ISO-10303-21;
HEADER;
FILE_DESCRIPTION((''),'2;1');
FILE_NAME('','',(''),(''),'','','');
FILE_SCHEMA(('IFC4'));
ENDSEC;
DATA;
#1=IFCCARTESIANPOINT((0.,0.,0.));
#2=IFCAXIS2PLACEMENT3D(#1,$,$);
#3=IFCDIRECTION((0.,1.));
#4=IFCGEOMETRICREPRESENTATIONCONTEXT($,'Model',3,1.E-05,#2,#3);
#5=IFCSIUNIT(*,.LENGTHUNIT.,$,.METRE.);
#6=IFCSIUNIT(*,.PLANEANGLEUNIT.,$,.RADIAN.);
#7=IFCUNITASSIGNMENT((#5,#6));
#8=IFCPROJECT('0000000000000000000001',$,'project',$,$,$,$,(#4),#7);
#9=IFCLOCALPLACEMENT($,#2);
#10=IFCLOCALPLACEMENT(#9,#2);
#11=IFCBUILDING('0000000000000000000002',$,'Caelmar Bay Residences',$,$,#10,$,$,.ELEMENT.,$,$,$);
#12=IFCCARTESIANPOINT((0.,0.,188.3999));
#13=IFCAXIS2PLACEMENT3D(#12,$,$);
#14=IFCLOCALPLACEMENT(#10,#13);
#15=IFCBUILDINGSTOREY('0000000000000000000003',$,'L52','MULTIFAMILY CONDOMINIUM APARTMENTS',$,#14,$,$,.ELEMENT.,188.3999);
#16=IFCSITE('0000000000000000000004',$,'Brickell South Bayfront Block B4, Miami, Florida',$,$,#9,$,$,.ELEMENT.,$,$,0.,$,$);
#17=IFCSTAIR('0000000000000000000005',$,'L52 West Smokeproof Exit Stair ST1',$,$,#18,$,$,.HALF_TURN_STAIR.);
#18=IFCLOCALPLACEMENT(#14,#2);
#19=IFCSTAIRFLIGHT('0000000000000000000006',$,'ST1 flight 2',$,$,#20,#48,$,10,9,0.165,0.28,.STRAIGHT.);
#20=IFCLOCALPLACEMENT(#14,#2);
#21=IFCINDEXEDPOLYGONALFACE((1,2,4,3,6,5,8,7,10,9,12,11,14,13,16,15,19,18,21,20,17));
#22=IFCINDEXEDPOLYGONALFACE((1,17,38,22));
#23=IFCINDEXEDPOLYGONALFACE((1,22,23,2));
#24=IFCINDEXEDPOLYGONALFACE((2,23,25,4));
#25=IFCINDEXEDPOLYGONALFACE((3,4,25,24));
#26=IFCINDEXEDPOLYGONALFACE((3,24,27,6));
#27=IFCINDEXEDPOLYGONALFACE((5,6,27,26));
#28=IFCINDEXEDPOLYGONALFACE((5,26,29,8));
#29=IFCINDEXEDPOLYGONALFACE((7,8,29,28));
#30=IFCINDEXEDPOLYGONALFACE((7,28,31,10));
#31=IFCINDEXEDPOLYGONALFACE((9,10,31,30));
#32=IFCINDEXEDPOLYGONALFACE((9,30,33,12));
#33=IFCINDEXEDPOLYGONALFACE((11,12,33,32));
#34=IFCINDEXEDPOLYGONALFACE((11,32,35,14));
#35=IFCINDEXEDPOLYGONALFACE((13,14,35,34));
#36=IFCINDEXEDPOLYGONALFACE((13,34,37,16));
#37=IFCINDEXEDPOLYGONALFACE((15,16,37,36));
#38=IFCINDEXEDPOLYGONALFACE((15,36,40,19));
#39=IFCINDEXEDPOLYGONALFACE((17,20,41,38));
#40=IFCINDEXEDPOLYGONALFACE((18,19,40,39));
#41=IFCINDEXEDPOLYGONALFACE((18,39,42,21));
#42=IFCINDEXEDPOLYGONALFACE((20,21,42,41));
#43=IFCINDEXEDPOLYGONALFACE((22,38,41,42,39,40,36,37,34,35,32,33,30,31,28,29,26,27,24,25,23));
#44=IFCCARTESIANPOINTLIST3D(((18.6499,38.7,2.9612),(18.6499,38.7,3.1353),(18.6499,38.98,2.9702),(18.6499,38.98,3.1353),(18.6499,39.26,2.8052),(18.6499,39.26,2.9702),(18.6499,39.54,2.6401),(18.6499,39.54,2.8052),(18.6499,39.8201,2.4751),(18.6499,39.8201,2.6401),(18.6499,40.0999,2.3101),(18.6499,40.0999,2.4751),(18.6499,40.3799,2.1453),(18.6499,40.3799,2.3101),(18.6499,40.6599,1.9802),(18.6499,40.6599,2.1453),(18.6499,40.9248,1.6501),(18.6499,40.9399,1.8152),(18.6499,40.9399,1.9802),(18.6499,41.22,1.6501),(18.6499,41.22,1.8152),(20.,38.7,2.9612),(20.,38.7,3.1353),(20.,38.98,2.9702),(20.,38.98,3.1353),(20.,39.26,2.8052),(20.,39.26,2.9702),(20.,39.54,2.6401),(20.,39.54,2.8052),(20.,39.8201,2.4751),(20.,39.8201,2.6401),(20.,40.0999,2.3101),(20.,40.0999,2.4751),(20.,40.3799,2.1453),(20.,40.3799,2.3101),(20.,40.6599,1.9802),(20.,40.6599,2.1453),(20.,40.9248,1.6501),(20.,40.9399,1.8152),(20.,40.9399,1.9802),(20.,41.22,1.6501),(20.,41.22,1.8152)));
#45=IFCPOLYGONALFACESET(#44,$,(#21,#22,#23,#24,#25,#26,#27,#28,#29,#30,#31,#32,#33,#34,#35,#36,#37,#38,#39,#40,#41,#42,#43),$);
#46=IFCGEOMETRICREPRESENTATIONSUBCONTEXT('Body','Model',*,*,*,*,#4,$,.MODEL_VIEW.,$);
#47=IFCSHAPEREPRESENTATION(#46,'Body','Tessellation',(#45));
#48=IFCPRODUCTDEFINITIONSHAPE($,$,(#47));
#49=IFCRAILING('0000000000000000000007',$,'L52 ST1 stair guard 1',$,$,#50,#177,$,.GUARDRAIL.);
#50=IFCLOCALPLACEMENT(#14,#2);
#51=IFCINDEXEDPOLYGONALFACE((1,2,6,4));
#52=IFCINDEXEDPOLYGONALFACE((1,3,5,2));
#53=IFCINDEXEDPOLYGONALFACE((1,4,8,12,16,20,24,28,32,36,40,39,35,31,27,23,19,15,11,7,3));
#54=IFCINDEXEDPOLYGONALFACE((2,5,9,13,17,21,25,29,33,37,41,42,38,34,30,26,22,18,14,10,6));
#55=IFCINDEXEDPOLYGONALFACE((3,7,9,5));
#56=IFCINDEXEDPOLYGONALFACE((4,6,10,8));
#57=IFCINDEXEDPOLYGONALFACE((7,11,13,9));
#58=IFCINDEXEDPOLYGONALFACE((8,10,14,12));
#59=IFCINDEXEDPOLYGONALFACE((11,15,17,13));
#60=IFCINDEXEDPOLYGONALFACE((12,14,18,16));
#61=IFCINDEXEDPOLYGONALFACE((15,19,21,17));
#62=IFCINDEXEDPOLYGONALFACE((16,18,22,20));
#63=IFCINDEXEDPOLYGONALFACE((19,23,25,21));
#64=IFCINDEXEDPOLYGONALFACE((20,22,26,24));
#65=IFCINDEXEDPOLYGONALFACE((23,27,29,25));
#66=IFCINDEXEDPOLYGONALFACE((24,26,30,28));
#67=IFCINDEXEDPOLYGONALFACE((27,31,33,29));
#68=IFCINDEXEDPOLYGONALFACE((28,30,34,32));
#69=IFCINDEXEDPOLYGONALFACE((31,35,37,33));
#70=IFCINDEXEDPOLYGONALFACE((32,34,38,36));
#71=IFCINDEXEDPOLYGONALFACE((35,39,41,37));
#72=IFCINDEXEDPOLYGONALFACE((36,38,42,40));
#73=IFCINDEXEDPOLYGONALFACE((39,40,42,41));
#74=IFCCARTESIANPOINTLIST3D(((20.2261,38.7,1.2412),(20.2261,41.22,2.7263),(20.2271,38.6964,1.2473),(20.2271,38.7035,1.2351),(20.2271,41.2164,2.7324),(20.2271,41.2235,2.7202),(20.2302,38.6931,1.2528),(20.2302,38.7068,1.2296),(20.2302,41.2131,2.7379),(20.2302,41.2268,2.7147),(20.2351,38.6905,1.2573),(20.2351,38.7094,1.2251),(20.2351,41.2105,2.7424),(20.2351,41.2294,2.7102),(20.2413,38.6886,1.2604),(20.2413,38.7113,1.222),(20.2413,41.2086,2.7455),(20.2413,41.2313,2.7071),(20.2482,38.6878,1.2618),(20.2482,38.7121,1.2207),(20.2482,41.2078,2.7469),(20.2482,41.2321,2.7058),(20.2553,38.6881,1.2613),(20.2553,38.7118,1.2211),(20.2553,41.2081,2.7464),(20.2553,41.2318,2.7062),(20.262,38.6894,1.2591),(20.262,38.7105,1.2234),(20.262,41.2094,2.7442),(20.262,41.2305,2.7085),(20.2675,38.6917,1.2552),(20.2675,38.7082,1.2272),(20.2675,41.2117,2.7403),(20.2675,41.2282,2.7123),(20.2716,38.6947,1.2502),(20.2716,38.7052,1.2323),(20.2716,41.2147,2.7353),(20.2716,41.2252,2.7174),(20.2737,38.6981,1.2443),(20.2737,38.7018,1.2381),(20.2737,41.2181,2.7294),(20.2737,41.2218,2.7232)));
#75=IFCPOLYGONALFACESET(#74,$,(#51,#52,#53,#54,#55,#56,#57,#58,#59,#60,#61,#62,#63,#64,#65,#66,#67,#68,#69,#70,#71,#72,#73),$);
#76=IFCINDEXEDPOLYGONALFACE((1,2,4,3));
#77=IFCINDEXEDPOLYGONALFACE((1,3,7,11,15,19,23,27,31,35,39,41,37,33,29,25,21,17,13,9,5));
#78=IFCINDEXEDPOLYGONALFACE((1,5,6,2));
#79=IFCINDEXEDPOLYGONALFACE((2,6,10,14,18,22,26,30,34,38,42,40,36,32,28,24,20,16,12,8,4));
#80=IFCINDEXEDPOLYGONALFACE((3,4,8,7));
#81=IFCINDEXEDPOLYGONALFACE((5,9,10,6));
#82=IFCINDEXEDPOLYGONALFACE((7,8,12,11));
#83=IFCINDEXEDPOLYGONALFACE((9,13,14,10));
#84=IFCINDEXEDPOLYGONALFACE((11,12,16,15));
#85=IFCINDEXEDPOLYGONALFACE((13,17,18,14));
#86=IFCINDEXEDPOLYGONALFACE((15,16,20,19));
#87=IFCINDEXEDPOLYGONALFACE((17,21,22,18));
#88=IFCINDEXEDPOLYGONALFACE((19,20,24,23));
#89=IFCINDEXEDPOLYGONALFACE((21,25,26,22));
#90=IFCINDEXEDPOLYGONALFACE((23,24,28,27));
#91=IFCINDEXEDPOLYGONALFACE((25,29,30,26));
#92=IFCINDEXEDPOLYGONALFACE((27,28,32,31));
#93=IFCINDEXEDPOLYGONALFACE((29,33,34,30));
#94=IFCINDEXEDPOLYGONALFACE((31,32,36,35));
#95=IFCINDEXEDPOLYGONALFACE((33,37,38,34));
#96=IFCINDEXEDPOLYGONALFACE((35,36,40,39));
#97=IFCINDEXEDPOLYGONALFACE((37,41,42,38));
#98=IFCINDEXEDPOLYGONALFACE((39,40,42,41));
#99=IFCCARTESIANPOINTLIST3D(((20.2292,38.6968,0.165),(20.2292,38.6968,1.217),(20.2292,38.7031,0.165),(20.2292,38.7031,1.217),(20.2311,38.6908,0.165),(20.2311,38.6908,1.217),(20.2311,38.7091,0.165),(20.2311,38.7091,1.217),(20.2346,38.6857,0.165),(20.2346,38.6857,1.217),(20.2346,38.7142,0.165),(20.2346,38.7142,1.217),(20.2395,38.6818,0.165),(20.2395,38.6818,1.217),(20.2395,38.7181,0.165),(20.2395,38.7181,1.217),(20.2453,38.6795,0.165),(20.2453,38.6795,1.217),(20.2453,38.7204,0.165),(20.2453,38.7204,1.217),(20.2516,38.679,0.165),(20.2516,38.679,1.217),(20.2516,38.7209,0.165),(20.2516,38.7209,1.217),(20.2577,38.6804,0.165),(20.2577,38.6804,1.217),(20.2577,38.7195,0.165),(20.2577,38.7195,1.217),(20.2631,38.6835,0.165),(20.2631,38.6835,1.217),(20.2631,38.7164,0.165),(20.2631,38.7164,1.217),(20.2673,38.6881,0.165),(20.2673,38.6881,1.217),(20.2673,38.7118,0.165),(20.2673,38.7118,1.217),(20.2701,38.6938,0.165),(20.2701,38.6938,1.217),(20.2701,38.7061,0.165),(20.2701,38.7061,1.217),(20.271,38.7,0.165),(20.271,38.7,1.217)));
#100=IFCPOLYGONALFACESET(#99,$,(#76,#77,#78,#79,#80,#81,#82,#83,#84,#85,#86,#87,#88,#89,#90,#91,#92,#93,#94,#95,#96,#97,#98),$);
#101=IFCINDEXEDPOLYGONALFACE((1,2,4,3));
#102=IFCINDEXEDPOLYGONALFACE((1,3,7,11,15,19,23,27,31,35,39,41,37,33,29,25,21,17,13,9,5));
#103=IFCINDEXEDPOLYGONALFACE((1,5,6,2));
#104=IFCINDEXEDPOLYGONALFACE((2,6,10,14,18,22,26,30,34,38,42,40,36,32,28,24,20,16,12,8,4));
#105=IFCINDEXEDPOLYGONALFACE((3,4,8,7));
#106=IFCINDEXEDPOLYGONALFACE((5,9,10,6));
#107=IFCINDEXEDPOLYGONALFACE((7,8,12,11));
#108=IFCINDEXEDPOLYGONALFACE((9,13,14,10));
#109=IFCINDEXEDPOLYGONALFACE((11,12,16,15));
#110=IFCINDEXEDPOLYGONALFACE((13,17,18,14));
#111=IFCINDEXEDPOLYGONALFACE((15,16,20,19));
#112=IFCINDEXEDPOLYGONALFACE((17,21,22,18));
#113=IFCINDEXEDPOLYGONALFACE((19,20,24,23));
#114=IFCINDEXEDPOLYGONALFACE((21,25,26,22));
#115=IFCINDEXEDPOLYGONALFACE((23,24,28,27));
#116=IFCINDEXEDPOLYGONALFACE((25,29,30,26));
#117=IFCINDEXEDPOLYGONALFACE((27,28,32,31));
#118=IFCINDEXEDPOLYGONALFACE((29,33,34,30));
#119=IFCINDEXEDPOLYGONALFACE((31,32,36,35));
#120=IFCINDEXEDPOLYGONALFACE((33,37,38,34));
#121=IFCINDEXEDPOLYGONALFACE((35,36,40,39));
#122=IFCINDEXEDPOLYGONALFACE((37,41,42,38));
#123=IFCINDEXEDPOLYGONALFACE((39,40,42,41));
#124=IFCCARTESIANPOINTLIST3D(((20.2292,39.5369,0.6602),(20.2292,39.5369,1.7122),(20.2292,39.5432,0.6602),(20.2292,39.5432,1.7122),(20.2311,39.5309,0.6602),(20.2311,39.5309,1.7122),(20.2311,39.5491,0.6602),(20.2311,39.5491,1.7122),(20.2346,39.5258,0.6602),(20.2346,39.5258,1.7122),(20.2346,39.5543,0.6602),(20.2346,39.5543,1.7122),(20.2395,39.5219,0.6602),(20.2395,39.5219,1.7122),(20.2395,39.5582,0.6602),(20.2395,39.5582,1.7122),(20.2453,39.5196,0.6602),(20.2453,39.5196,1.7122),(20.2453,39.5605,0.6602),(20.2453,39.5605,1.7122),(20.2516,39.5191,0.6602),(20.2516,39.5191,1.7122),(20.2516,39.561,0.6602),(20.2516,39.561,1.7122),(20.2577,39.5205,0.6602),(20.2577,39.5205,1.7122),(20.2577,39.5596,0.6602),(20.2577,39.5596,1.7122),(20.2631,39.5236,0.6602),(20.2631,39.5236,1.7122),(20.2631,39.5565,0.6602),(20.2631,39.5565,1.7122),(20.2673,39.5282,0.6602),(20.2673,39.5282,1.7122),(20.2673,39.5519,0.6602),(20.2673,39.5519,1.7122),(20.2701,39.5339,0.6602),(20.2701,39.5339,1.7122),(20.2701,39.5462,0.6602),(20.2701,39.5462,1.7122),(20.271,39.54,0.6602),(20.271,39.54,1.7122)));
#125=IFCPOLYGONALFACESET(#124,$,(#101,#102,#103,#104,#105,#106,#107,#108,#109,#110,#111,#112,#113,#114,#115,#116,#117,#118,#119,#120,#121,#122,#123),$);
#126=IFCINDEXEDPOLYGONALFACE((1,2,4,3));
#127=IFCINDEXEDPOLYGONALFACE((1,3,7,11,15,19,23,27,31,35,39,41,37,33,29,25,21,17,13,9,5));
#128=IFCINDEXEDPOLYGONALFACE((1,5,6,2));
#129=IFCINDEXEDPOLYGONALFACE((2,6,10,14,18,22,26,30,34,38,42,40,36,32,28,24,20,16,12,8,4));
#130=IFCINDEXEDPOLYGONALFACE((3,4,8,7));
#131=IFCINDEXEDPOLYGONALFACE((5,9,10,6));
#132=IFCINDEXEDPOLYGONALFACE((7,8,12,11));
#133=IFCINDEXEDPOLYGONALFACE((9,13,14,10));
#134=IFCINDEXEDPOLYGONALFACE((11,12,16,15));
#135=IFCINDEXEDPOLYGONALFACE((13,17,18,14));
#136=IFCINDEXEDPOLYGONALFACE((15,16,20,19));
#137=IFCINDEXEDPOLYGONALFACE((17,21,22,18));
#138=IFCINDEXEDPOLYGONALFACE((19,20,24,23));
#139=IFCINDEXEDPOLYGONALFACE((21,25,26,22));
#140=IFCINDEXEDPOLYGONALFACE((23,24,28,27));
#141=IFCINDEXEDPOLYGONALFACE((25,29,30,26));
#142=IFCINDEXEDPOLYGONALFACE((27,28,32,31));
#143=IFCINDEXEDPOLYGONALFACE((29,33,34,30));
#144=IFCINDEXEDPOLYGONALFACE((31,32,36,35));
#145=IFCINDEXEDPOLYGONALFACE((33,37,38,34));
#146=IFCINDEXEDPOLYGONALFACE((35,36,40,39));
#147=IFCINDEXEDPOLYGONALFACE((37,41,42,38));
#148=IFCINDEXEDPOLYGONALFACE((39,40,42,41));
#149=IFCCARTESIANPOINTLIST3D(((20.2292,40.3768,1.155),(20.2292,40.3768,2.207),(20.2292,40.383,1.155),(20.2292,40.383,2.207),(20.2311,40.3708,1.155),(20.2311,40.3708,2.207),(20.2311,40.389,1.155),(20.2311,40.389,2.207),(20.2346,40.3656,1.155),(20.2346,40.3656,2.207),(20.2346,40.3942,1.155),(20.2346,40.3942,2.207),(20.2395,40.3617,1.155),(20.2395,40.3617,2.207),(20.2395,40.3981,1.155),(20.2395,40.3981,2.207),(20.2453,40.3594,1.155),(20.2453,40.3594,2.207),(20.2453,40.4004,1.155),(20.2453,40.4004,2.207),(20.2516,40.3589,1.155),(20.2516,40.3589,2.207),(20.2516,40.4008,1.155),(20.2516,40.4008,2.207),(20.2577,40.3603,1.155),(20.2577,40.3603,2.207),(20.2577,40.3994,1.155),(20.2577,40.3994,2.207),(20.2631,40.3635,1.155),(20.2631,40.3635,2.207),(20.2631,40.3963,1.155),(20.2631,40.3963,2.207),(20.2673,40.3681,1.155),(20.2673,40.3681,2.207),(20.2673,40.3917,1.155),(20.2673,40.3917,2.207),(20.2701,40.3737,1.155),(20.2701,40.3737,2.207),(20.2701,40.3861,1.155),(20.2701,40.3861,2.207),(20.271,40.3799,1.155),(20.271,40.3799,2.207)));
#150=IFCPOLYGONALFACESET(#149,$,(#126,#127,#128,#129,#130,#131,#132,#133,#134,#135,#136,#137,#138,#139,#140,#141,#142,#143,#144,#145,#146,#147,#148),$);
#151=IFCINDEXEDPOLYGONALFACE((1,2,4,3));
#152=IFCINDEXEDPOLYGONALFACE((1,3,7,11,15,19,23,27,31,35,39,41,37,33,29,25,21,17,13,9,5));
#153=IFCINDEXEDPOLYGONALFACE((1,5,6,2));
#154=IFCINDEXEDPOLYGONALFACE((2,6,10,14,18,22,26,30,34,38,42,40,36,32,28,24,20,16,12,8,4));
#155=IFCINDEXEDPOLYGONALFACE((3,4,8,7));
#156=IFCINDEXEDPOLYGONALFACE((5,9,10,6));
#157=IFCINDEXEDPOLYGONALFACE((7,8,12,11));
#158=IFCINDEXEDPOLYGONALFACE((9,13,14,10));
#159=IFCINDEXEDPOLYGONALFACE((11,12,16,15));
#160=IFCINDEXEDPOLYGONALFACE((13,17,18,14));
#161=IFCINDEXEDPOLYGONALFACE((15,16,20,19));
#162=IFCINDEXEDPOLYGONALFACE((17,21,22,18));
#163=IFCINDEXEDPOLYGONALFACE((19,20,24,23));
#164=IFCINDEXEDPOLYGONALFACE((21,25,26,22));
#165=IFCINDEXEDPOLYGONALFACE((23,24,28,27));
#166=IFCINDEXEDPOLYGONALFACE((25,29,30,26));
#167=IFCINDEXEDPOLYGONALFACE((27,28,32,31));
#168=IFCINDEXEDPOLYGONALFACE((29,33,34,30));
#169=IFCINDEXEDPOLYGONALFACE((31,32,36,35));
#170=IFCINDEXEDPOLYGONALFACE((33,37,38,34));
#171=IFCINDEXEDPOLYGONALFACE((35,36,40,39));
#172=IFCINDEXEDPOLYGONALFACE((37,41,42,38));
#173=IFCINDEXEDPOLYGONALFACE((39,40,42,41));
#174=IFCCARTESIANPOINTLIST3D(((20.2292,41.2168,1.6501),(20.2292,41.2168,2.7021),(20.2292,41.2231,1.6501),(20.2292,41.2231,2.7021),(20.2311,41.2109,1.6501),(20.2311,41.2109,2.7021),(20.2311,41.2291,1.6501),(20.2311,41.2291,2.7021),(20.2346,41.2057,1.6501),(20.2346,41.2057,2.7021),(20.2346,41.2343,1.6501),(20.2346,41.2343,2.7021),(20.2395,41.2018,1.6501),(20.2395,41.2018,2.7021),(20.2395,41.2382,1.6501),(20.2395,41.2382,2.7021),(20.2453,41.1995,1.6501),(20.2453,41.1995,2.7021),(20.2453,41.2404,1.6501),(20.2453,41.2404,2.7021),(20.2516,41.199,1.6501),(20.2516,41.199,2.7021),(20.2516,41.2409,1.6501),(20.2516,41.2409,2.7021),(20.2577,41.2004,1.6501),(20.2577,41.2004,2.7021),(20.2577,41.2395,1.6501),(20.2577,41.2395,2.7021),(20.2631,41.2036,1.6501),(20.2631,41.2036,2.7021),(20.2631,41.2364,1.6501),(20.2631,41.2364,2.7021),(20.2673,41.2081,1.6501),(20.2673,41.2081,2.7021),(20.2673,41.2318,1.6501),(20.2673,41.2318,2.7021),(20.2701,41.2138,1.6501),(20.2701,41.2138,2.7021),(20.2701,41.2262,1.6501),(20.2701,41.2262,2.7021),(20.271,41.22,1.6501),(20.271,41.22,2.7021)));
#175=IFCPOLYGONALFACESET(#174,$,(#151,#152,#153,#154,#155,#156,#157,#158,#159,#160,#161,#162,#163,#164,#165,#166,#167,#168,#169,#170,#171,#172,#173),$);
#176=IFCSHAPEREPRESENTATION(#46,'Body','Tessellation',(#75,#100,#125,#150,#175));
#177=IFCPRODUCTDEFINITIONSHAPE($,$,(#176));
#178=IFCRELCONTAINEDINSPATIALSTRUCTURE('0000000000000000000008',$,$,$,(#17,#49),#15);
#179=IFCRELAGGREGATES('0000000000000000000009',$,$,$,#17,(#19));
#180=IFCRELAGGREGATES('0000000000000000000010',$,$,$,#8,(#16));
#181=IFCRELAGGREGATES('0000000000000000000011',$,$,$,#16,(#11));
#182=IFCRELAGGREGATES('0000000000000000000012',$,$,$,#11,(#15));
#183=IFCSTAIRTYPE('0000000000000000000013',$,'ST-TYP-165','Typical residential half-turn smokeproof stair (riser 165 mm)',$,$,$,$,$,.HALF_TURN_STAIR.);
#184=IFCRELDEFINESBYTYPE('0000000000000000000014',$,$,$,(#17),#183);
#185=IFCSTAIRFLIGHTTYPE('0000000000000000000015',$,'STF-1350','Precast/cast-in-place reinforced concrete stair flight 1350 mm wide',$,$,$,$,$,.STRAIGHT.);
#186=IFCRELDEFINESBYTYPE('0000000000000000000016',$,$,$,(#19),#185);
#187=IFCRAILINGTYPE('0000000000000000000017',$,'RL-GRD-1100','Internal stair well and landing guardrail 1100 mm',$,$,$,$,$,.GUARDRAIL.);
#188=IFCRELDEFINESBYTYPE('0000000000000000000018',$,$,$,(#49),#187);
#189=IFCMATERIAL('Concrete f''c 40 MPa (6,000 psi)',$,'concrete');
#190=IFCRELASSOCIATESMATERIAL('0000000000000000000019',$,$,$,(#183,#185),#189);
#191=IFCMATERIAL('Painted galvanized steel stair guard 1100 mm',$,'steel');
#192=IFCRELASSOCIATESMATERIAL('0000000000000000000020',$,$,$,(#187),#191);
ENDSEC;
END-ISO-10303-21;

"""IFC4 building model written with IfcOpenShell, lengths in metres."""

from ifc_helpers import new_model, si_unit, direction, frame, origin, origin_2d, place, context, subcontext, project, spatial, polyline, circle, outline, extrude, material, type_object, element, aggregate, save


model = new_model("IFC4")

# Units and contexts
model_context = context("Model", 3, precision=1e-05, world=origin(), true_north=direction((0.0, 1.0)))
body_context = subcontext(model_context, "Body", "Model", "MODEL_VIEW")
ifc_project = project(units=[si_unit("LENGTHUNIT", "METRE"), si_unit("PLANEANGLEUNIT", "RADIAN")], contexts=[model_context])

# Site, building, storey
site_placement = place(None, origin())
site = spatial("IfcSite", under=ifc_project, at=site_placement, Name="Brickell South Bayfront Block B4, Miami, Florida", CompositionType="ELEMENT", RefElevation=0.0)
building_placement = place(site_placement, origin())
building = spatial("IfcBuilding", under=site, at=building_placement, Name="Caelmar Bay Residences", CompositionType="ELEMENT")
storey_placement = place(building_placement, frame((0.0, 0.0, 188.3999)))
storey = spatial("IfcBuildingStorey", under=building, at=storey_placement, Name="L52", Description="MULTIFAMILY CONDOMINIUM APARTMENTS", CompositionType="ELEMENT", Elevation=188.3999)

# Stair, stair flight
ifc_material_1 = material(Name="Concrete f'c 40 MPa (6,000 psi)", Category="concrete")
stair_type = type_object("IfcStairType", Name="ST-TYP-165", Description="Typical residential half-turn smokeproof stair (riser 165 mm)", PredefinedType="HALF_TURN_STAIR", material=ifc_material_1)
stair_placement = place(storey_placement, origin())
stair = element("IfcStair", 1, at=stair_placement, inside=storey, type_object=stair_type, Name="L52 West Smokeproof Exit Stair ST1", PredefinedType="HALF_TURN_STAIR")
stair_flight_type = type_object("IfcStairFlightType", Name="STF-1350", Description="Precast/cast-in-place reinforced concrete stair flight 1350 mm wide", PredefinedType="STRAIGHT", material=ifc_material_1)
stair_flight_1_placement = place(storey_placement, frame((19.325, 41.22, 1.6501), z_axis=(0.0, 0.0, 1.0), x_axis=(0.0, -1.0, 0.0)))
stair_flight_1 = element("IfcStairFlight", 2, at=stair_flight_1_placement, type_object=stair_flight_type, Name="ST1 flight 2", NumberOfRisers=10, NumberOfTreads=9, PredefinedType="STRAIGHT", RiserHeight=0.165, TreadLength=0.28, context=body_context, shape_type="SweptSolid", body=[
    extrude(outline(polyline([(0.0, 0.0), (0.0, 0.165), (0.28, 0.165), (0.28, 0.3301), (0.5601, 0.3301), (0.5601, 0.4951), (0.8401, 0.4951), (0.8401, 0.6599), (1.1201, 0.6599), (1.1201, 0.825), (1.3999, 0.825), (1.3999, 0.99), (1.6799, 0.99), (1.6799, 1.155), (1.96, 1.155), (1.96, 1.3201), (2.24, 1.3201), (2.24, 1.4851), (2.52, 1.4851), (2.52, 1.6499), (2.52, 1.311), (0.2952, 0.0), (0.0, 0.0)])), frame((0.0, 0.675, 0.0), z_axis=(0.0, -1.0, 0.0), x_axis=(1.0, 0.0, 0.0)), (0.0, 0.0, 1.0), 1.3501),
])
aggregate(stair, [stair_flight_1])

# Railing
ifc_material_2 = material(Name="Painted galvanized steel stair guard 1100 mm", Category="steel")
railing_type_1 = type_object("IfcRailingType", Name="RL-GRD-1100", Description="Internal stair well and landing guardrail 1100 mm", PredefinedType="GUARDRAIL", material=ifc_material_2)
railing_1_placement = place(storey_placement, frame((20.25, 38.7, 0.165)))
element("IfcRailing", 3, at=railing_1_placement, inside=storey, type_object=railing_type_1, Name="L52 ST1 stair guard 1", PredefinedType="GUARDRAIL", context=body_context, shape_type="SweptSolid", body=[
    extrude(circle(Radius=0.0239, at=origin_2d()), frame((0.0, 0.0, 1.0762), z_axis=(0.0, 0.861524, 0.507717), x_axis=(-1.0, 0.0, 0.0)), (0.0, 0.0, 1.0), 2.925),
    extrude(circle(Radius=0.021, at=origin_2d()), origin(), (0.0, 0.0, 1.0), 1.052),
    extrude(circle(Radius=0.021, at=origin_2d()), frame((0.0, 0.8401, 0.4951)), (0.0, 0.0, 1.0), 1.052),
    extrude(circle(Radius=0.021, at=origin_2d()), frame((0.0, 1.6799, 0.99)), (0.0, 0.0, 1.0), 1.052),
    extrude(circle(Radius=0.021, at=origin_2d()), frame((0.0, 2.52, 1.4851)), (0.0, 0.0, 1.0), 1.052),
])

save(model, "model.ifc")
